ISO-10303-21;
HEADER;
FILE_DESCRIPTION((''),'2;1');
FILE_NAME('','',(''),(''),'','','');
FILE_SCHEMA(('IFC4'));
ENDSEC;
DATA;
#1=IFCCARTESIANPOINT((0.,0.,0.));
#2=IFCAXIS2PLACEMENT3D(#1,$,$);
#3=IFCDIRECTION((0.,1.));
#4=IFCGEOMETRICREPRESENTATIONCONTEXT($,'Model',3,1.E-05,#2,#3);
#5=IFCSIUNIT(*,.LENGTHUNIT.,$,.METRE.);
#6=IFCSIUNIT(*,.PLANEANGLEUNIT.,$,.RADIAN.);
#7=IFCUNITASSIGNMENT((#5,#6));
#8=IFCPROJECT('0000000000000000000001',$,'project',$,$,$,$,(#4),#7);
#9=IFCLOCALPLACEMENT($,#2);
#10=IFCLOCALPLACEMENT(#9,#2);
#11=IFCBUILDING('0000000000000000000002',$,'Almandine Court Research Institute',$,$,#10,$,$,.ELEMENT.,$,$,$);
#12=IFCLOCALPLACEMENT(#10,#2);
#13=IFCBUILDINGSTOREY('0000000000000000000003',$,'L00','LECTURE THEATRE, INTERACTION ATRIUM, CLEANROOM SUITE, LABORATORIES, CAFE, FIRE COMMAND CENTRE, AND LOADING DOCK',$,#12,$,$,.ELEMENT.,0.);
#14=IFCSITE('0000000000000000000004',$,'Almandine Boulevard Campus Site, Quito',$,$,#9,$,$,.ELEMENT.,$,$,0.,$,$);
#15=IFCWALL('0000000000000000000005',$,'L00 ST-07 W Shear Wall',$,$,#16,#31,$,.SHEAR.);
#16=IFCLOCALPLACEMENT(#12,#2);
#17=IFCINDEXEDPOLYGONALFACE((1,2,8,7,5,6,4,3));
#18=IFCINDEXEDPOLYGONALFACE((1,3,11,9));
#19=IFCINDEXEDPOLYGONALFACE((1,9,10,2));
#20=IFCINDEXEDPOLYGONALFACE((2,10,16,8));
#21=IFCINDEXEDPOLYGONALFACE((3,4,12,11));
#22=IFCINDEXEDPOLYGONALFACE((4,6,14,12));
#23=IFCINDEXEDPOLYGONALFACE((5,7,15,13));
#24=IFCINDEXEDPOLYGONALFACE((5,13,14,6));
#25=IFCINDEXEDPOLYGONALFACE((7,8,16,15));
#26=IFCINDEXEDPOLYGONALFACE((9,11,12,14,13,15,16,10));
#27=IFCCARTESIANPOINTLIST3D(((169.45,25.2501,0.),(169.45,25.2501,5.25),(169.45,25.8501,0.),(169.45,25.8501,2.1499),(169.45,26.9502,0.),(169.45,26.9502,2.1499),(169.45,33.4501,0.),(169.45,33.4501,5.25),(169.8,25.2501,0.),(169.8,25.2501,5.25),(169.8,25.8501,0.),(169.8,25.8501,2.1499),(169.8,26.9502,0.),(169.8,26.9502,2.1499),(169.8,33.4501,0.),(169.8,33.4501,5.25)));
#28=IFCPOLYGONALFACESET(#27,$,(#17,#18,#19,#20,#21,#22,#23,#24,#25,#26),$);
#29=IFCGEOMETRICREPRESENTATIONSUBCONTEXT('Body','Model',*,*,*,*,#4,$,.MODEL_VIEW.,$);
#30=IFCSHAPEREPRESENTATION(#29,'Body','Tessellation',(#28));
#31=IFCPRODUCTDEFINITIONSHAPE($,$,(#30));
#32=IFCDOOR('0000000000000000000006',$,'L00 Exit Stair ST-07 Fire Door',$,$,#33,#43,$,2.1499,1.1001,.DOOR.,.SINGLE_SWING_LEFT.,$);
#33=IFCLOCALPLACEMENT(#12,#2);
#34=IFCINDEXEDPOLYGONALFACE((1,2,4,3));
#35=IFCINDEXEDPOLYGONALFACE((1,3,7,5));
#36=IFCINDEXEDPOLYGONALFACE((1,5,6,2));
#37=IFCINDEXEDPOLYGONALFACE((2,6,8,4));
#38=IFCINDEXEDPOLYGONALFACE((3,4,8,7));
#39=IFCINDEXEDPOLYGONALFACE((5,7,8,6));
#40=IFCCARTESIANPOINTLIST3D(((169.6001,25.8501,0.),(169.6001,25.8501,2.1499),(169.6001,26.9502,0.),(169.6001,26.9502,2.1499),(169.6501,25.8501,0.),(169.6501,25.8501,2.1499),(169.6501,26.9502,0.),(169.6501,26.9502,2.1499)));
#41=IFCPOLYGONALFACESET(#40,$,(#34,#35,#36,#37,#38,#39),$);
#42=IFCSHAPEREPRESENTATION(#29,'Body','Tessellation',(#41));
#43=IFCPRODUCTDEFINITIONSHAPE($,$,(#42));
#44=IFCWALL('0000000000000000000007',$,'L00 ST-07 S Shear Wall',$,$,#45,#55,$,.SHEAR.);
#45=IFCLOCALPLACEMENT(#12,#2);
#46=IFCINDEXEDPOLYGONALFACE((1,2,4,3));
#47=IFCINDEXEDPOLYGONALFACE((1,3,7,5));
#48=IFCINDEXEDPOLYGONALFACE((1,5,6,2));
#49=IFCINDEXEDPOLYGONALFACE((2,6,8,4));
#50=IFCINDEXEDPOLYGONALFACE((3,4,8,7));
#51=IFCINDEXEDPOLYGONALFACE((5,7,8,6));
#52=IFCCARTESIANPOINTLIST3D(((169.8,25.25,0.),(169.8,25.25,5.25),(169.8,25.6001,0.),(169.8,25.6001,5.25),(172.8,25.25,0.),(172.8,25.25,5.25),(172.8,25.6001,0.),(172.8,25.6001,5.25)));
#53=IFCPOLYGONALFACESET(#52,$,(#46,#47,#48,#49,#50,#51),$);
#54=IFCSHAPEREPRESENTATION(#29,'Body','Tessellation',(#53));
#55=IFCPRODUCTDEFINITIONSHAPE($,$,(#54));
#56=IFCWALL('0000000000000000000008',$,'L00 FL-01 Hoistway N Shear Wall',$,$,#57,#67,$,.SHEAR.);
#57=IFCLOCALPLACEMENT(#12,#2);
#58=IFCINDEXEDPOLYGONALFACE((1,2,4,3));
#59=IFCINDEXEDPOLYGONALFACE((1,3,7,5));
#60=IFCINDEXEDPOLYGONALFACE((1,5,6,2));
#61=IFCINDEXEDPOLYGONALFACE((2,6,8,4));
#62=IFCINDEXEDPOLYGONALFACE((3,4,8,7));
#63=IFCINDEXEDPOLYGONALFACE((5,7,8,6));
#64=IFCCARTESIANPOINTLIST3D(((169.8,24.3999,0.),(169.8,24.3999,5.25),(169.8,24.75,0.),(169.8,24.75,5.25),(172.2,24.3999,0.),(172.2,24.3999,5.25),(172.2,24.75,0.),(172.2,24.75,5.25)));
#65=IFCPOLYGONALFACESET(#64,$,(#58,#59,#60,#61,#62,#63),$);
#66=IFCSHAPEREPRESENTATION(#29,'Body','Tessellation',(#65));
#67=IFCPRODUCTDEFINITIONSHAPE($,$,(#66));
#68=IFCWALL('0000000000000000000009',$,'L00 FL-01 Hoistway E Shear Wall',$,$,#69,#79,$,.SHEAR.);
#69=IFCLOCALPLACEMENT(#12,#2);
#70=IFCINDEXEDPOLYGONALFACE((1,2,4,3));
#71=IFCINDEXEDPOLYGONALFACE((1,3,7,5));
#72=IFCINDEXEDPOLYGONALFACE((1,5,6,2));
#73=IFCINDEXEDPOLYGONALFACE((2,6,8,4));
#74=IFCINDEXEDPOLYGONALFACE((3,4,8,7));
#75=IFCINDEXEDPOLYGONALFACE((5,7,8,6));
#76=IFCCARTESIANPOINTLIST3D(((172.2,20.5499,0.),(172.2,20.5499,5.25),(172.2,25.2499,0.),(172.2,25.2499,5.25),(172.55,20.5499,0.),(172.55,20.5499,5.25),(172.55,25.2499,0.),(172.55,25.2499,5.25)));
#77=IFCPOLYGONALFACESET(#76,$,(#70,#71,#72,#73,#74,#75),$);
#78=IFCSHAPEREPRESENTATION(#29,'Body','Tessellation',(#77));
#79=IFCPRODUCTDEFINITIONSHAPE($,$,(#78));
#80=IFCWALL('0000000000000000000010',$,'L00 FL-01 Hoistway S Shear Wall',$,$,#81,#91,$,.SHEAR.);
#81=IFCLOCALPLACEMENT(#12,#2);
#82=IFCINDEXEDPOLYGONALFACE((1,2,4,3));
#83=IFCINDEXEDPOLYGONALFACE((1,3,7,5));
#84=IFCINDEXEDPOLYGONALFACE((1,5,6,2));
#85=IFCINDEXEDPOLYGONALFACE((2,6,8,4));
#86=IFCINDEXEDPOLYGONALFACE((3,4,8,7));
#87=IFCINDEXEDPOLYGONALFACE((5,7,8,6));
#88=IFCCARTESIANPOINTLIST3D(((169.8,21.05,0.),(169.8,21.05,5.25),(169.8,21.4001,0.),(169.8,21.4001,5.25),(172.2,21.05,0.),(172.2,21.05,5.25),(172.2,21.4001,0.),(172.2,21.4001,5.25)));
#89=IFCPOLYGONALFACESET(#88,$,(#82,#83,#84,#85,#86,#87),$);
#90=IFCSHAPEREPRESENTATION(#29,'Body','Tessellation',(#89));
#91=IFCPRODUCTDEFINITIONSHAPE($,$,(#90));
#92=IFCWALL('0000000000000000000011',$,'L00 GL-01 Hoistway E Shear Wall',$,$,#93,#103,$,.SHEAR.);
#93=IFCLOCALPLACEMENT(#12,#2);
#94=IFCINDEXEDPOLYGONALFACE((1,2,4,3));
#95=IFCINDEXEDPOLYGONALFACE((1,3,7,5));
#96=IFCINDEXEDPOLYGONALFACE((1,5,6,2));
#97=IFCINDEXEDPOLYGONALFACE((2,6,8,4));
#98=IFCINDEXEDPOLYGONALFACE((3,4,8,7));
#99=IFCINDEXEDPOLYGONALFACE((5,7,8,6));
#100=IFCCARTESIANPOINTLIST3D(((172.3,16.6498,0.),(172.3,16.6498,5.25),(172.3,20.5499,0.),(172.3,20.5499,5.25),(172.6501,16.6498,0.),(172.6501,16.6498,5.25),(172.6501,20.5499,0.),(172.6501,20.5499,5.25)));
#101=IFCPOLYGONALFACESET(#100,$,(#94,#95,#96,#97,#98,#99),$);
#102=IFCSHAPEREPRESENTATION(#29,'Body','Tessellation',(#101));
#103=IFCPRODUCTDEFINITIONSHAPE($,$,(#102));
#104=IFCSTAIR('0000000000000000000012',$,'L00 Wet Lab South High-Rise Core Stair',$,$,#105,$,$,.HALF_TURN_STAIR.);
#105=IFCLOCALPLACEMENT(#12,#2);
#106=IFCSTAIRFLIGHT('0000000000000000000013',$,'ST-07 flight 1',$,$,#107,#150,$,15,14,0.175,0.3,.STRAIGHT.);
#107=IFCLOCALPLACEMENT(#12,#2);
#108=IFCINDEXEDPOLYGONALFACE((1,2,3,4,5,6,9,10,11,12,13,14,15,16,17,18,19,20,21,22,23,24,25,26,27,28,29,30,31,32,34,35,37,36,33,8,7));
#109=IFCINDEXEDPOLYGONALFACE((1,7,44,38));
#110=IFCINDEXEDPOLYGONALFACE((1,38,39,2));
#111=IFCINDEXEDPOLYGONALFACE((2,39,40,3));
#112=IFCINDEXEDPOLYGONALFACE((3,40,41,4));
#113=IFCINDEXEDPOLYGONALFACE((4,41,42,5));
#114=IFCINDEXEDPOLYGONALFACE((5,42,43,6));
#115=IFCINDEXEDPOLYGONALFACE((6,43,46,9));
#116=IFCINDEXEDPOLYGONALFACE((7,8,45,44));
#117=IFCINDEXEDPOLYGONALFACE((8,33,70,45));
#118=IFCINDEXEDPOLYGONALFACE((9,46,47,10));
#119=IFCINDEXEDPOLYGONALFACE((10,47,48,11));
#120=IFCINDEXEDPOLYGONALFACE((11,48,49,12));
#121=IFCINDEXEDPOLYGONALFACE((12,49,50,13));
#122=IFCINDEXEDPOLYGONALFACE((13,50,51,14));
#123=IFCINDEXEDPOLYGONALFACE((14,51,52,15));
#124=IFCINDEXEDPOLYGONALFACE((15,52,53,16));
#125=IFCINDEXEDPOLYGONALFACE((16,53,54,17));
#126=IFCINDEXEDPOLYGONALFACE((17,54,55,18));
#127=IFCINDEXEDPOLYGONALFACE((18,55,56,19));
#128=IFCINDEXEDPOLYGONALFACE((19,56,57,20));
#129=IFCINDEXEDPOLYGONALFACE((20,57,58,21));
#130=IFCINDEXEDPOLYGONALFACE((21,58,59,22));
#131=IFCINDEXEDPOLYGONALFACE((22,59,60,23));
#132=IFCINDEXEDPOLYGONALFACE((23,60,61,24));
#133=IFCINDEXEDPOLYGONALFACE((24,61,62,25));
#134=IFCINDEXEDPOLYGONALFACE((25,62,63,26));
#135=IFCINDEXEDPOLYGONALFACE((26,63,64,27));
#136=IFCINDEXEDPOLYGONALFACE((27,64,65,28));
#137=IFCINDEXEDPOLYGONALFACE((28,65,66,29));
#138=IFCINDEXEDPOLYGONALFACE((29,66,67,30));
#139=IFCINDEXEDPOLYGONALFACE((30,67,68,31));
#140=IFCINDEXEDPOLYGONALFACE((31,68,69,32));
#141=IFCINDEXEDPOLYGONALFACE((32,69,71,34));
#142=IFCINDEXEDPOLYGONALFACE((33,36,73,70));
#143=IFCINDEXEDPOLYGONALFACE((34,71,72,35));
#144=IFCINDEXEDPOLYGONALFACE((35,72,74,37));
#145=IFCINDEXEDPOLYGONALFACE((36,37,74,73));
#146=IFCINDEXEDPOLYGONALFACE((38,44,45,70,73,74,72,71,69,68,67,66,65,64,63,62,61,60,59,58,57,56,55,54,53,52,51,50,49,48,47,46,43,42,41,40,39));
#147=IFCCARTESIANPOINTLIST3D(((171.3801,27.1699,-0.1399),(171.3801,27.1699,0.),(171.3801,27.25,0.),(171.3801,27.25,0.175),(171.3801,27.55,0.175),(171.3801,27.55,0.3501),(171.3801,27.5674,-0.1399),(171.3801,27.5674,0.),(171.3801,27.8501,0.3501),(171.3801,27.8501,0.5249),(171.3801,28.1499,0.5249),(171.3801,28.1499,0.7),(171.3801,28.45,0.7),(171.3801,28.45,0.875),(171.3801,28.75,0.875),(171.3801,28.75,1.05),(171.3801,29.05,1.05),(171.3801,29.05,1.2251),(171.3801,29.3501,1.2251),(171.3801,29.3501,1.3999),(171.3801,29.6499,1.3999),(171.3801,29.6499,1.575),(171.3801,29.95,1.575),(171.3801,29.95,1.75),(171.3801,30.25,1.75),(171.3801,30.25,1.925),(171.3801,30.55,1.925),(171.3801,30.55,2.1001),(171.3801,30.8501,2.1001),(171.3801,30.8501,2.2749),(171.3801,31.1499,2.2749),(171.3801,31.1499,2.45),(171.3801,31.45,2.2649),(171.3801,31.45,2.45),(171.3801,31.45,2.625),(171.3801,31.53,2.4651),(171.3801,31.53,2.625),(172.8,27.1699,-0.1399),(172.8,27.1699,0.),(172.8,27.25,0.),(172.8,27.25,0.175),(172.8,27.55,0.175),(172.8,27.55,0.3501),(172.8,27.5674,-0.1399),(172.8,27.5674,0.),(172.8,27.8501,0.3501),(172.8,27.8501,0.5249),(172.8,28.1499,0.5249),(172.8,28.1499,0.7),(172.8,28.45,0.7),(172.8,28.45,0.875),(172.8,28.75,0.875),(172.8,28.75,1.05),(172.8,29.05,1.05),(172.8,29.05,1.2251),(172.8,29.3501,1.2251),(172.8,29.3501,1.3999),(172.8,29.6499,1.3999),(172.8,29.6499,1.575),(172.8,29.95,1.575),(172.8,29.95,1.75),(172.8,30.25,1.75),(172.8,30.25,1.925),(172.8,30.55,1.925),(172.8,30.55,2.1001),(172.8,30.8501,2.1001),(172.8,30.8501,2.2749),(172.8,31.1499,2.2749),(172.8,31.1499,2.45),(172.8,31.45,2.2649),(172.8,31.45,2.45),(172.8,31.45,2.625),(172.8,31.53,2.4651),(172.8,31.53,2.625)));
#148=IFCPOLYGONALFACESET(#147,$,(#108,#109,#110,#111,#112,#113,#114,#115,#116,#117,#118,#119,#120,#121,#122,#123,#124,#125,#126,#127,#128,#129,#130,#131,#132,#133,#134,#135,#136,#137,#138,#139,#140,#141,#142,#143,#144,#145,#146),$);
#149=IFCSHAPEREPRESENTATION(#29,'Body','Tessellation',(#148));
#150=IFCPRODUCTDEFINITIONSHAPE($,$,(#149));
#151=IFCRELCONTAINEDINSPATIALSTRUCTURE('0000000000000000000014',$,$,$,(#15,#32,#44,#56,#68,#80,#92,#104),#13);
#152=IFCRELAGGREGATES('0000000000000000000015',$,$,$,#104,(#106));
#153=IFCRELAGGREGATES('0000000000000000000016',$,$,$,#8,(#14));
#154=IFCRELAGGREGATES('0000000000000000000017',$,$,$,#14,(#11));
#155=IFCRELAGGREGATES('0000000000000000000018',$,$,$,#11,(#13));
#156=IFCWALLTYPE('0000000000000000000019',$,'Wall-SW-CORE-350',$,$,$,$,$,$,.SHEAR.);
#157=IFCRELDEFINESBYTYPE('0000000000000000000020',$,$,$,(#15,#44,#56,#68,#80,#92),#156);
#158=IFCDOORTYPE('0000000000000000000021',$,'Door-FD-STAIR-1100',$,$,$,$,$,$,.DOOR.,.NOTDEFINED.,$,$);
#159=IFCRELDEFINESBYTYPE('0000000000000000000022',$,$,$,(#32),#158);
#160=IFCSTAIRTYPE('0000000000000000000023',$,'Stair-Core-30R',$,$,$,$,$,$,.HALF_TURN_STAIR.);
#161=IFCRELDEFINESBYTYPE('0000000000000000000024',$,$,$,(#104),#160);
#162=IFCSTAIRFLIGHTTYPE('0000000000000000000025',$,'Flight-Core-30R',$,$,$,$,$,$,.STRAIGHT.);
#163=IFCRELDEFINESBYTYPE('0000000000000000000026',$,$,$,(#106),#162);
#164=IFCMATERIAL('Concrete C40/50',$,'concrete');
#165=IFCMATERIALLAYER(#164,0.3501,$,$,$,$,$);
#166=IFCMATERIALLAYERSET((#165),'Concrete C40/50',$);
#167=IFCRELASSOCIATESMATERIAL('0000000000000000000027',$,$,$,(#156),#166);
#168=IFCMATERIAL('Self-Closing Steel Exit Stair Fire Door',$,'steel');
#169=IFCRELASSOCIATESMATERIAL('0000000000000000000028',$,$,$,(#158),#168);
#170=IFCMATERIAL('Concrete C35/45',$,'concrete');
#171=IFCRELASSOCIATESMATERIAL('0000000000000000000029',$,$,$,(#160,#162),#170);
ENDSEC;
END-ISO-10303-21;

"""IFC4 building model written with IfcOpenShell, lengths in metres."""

from ifc_helpers import new_model, si_unit, direction, frame, frame_2d, origin, place, context, subcontext, project, spatial, polyline, rectangle, outline, extrude, material, layer, layer_set, type_object, element, fill, aggregate, save


model = new_model("IFC4")

# Units and contexts
model_context = context("Model", 3, precision=1e-05, world=origin(), true_north=direction((0.0, 1.0)))
body_context = subcontext(model_context, "Body", "Model", "MODEL_VIEW")
ifc_project = project(units=[si_unit("LENGTHUNIT", "METRE"), si_unit("PLANEANGLEUNIT", "RADIAN")], contexts=[model_context])

# Site, building, storey
site_placement = place(None, origin())
site = spatial("IfcSite", under=ifc_project, at=site_placement, Name="Almandine Boulevard Campus Site, Quito", CompositionType="ELEMENT", RefElevation=0.0)
building_placement = place(site_placement, origin())
building = spatial("IfcBuilding", under=site, at=building_placement, Name="Almandine Court Research Institute", CompositionType="ELEMENT")
storey_placement = place(building_placement, origin())
storey = spatial("IfcBuildingStorey", under=building, at=storey_placement, Name="L00", Description="LECTURE THEATRE, INTERACTION ATRIUM, CLEANROOM SUITE, LABORATORIES, CAFE, FIRE COMMAND CENTRE, AND LOADING DOCK", CompositionType="ELEMENT", Elevation=0.0)

# Wall, opening, door
ifc_material_1 = material(Name="Concrete C40/50", Category="concrete")
ifc_layer_1 = layer(ifc_material_1, 0.3501)
ifc_layer_set_1 = layer_set([ifc_layer_1], Name="Concrete C40/50")
wall_type_1 = type_object("IfcWallType", Name="Wall-SW-CORE-350", PredefinedType="SHEAR", material=ifc_layer_set_1)
wall_1_placement = place(storey_placement, frame((169.625, 25.25, 0.0), z_axis=(0.0, 0.0, 1.0), x_axis=(0.0, 1.0, 0.0)))
wall_1 = element("IfcWall", 1, at=wall_1_placement, inside=storey, type_object=wall_type_1, Name="L00 ST-07 W Shear Wall", PredefinedType="SHEAR", context=body_context, shape_type="SweptSolid", body=[
    extrude(rectangle(XDim=8.2, YDim=0.3501, at=frame_2d((4.1001, 0.0))), origin(), (0.0, 0.0, 1.0), 5.25),
])
opening_1_placement = place(wall_1_placement, frame((0.6001, 0.0, 0.0)))
opening_1 = element("IfcOpeningElement", 2, at=opening_1_placement, cuts=wall_1, PredefinedType="OPENING", context=body_context, shape_type="SweptSolid", body=[
    extrude(rectangle(XDim=1.1001, YDim=2.1499, at=frame_2d((0.55, 1.075))), frame((0.0, 0.1851, 0.0), z_axis=(0.0, -1.0, 0.0), x_axis=(1.0, 0.0, 0.0)), (0.0, 0.0, 1.0), 0.3701),
])
ifc_material_2 = material(Name="Self-Closing Steel Exit Stair Fire Door", Category="steel")
door_type_1 = type_object("IfcDoorType", Name="Door-FD-STAIR-1100", OperationType="NOTDEFINED", PredefinedType="DOOR", material=ifc_material_2)
door_1_placement = place(opening_1_placement, origin())
door_1 = element("IfcDoor", 3, at=door_1_placement, inside=storey, type_object=door_type_1, Name="L00 Exit Stair ST-07 Fire Door", OperationType="SINGLE_SWING_LEFT", OverallHeight=2.1499, OverallWidth=1.1001, PredefinedType="DOOR", context=body_context, shape_type="SweptSolid", body=[
    extrude(rectangle(XDim=1.1001, YDim=2.1499, at=frame_2d((0.55, 1.075))), frame((0.0, 0.0249, 0.0), z_axis=(0.0, -1.0, 0.0), x_axis=(1.0, 0.0, 0.0)), (0.0, 0.0, 1.0), 0.05),
])
fill(opening_1, door_1)

# Wall
wall_2_placement = place(storey_placement, frame((172.8, 25.425, 0.0), z_axis=(0.0, 0.0, 1.0), x_axis=(-1.0, 0.0, 0.0)))
element("IfcWall", 4, at=wall_2_placement, inside=storey, type_object=wall_type_1, Name="L00 ST-07 S Shear Wall", PredefinedType="SHEAR", context=body_context, shape_type="SweptSolid", body=[
    extrude(rectangle(XDim=3.0, YDim=0.3501, at=frame_2d((1.5, 0.0))), origin(), (0.0, 0.0, 1.0), 5.25),
])

# Walls
wall_3_placement = place(storey_placement, frame((169.8, 24.575, 0.0), z_axis=(0.0, 0.0, 1.0), x_axis=(1.0, 0.0, 0.0)))
element("IfcWall", 5, at=wall_3_placement, inside=storey, type_object=wall_type_1, Name="L00 FL-01 Hoistway N Shear Wall", PredefinedType="SHEAR", context=body_context, shape_type="SweptSolid", body=[
    extrude(rectangle(XDim=2.3999, YDim=0.3501, at=frame_2d((1.2, 0.0))), origin(), (0.0, 0.0, 1.0), 5.25),
])
wall_4_placement = place(storey_placement, frame((172.375, 25.25, 0.0), z_axis=(0.0, 0.0, 1.0), x_axis=(0.0, -1.0, 0.0)))
element("IfcWall", 6, at=wall_4_placement, inside=storey, type_object=wall_type_1, Name="L00 FL-01 Hoistway E Shear Wall", PredefinedType="SHEAR", context=body_context, shape_type="SweptSolid", body=[
    extrude(rectangle(XDim=4.7, YDim=0.3501, at=frame_2d((2.3501, 0.0))), origin(), (0.0, 0.0, 1.0), 5.25),
])
wall_5_placement = place(storey_placement, frame((172.2, 21.2251, 0.0), z_axis=(0.0, 0.0, 1.0), x_axis=(-1.0, 0.0, 0.0)))
element("IfcWall", 7, at=wall_5_placement, inside=storey, type_object=wall_type_1, Name="L00 FL-01 Hoistway S Shear Wall", PredefinedType="SHEAR", context=body_context, shape_type="SweptSolid", body=[
    extrude(rectangle(XDim=2.3999, YDim=0.3501, at=frame_2d((1.2, 0.0))), origin(), (0.0, 0.0, 1.0), 5.25),
])
wall_6_placement = place(storey_placement, frame((172.4751, 20.55, 0.0), z_axis=(0.0, 0.0, 1.0), x_axis=(0.0, -1.0, 0.0)))
element("IfcWall", 8, at=wall_6_placement, inside=storey, type_object=wall_type_1, Name="L00 GL-01 Hoistway E Shear Wall", PredefinedType="SHEAR", context=body_context, shape_type="SweptSolid", body=[
    extrude(rectangle(XDim=3.9001, YDim=0.3501, at=frame_2d((1.9502, 0.0))), origin(), (0.0, 0.0, 1.0), 5.25),
])

# Stair, stair flight
ifc_material_3 = material(Name="Concrete C35/45", Category="concrete")
stair_type = type_object("IfcStairType", Name="Stair-Core-30R", PredefinedType="HALF_TURN_STAIR", material=ifc_material_3)
stair_placement = place(storey_placement, origin())
stair = element("IfcStair", 9, at=stair_placement, inside=storey, type_object=stair_type, Name="L00 Wet Lab South High-Rise Core Stair", PredefinedType="HALF_TURN_STAIR")
stair_flight_type = type_object("IfcStairFlightType", Name="Flight-Core-30R", PredefinedType="STRAIGHT", material=ifc_material_3)
stair_flight_1_placement = place(storey_placement, frame((172.0901, 27.25, 0.0), z_axis=(0.0, 0.0, 1.0), x_axis=(0.0, 1.0, 0.0)))
stair_flight_1 = element("IfcStairFlight", 10, at=stair_flight_1_placement, type_object=stair_flight_type, Name="ST-07 flight 1", NumberOfRisers=15, NumberOfTreads=14, PredefinedType="STRAIGHT", RiserHeight=0.175, TreadLength=0.3, context=body_context, shape_type="SweptSolid", body=[
    extrude(outline(polyline([(-0.0801, -0.1399), (-0.0801, 0.0), (0.0, 0.0), (0.0, 0.175), (0.3, 0.175), (0.3, 0.3501), (0.6001, 0.3501), (0.6001, 0.5249), (0.8999, 0.5249), (0.8999, 0.7), (1.2, 0.7), (1.2, 0.875), (1.5, 0.875), (1.5, 1.05), (1.8, 1.05), (1.8, 1.2251), (2.1001, 1.2251), (2.1001, 1.3999), (2.3999, 1.3999), (2.3999, 1.575), (2.7, 1.575), (2.7, 1.75), (3.0, 1.75), (3.0, 1.925), (3.3, 1.925), (3.3, 2.1001), (3.6001, 2.1001), (3.6001, 2.2749), (3.8999, 2.2749), (3.8999, 2.45), (4.2, 2.45), (4.2, 2.625), (4.28, 2.625), (4.28, 2.4651), (4.2, 2.2649), (0.3174, 0.0), (0.3174, -0.1399), (-0.0801, -0.1399)])), frame((0.0, 0.71, 0.0), z_axis=(0.0, -1.0, 0.0), x_axis=(1.0, 0.0, 0.0)), (0.0, 0.0, 1.0), 1.4199),
])
aggregate(stair, [stair_flight_1])

save(model, "model.ifc")
